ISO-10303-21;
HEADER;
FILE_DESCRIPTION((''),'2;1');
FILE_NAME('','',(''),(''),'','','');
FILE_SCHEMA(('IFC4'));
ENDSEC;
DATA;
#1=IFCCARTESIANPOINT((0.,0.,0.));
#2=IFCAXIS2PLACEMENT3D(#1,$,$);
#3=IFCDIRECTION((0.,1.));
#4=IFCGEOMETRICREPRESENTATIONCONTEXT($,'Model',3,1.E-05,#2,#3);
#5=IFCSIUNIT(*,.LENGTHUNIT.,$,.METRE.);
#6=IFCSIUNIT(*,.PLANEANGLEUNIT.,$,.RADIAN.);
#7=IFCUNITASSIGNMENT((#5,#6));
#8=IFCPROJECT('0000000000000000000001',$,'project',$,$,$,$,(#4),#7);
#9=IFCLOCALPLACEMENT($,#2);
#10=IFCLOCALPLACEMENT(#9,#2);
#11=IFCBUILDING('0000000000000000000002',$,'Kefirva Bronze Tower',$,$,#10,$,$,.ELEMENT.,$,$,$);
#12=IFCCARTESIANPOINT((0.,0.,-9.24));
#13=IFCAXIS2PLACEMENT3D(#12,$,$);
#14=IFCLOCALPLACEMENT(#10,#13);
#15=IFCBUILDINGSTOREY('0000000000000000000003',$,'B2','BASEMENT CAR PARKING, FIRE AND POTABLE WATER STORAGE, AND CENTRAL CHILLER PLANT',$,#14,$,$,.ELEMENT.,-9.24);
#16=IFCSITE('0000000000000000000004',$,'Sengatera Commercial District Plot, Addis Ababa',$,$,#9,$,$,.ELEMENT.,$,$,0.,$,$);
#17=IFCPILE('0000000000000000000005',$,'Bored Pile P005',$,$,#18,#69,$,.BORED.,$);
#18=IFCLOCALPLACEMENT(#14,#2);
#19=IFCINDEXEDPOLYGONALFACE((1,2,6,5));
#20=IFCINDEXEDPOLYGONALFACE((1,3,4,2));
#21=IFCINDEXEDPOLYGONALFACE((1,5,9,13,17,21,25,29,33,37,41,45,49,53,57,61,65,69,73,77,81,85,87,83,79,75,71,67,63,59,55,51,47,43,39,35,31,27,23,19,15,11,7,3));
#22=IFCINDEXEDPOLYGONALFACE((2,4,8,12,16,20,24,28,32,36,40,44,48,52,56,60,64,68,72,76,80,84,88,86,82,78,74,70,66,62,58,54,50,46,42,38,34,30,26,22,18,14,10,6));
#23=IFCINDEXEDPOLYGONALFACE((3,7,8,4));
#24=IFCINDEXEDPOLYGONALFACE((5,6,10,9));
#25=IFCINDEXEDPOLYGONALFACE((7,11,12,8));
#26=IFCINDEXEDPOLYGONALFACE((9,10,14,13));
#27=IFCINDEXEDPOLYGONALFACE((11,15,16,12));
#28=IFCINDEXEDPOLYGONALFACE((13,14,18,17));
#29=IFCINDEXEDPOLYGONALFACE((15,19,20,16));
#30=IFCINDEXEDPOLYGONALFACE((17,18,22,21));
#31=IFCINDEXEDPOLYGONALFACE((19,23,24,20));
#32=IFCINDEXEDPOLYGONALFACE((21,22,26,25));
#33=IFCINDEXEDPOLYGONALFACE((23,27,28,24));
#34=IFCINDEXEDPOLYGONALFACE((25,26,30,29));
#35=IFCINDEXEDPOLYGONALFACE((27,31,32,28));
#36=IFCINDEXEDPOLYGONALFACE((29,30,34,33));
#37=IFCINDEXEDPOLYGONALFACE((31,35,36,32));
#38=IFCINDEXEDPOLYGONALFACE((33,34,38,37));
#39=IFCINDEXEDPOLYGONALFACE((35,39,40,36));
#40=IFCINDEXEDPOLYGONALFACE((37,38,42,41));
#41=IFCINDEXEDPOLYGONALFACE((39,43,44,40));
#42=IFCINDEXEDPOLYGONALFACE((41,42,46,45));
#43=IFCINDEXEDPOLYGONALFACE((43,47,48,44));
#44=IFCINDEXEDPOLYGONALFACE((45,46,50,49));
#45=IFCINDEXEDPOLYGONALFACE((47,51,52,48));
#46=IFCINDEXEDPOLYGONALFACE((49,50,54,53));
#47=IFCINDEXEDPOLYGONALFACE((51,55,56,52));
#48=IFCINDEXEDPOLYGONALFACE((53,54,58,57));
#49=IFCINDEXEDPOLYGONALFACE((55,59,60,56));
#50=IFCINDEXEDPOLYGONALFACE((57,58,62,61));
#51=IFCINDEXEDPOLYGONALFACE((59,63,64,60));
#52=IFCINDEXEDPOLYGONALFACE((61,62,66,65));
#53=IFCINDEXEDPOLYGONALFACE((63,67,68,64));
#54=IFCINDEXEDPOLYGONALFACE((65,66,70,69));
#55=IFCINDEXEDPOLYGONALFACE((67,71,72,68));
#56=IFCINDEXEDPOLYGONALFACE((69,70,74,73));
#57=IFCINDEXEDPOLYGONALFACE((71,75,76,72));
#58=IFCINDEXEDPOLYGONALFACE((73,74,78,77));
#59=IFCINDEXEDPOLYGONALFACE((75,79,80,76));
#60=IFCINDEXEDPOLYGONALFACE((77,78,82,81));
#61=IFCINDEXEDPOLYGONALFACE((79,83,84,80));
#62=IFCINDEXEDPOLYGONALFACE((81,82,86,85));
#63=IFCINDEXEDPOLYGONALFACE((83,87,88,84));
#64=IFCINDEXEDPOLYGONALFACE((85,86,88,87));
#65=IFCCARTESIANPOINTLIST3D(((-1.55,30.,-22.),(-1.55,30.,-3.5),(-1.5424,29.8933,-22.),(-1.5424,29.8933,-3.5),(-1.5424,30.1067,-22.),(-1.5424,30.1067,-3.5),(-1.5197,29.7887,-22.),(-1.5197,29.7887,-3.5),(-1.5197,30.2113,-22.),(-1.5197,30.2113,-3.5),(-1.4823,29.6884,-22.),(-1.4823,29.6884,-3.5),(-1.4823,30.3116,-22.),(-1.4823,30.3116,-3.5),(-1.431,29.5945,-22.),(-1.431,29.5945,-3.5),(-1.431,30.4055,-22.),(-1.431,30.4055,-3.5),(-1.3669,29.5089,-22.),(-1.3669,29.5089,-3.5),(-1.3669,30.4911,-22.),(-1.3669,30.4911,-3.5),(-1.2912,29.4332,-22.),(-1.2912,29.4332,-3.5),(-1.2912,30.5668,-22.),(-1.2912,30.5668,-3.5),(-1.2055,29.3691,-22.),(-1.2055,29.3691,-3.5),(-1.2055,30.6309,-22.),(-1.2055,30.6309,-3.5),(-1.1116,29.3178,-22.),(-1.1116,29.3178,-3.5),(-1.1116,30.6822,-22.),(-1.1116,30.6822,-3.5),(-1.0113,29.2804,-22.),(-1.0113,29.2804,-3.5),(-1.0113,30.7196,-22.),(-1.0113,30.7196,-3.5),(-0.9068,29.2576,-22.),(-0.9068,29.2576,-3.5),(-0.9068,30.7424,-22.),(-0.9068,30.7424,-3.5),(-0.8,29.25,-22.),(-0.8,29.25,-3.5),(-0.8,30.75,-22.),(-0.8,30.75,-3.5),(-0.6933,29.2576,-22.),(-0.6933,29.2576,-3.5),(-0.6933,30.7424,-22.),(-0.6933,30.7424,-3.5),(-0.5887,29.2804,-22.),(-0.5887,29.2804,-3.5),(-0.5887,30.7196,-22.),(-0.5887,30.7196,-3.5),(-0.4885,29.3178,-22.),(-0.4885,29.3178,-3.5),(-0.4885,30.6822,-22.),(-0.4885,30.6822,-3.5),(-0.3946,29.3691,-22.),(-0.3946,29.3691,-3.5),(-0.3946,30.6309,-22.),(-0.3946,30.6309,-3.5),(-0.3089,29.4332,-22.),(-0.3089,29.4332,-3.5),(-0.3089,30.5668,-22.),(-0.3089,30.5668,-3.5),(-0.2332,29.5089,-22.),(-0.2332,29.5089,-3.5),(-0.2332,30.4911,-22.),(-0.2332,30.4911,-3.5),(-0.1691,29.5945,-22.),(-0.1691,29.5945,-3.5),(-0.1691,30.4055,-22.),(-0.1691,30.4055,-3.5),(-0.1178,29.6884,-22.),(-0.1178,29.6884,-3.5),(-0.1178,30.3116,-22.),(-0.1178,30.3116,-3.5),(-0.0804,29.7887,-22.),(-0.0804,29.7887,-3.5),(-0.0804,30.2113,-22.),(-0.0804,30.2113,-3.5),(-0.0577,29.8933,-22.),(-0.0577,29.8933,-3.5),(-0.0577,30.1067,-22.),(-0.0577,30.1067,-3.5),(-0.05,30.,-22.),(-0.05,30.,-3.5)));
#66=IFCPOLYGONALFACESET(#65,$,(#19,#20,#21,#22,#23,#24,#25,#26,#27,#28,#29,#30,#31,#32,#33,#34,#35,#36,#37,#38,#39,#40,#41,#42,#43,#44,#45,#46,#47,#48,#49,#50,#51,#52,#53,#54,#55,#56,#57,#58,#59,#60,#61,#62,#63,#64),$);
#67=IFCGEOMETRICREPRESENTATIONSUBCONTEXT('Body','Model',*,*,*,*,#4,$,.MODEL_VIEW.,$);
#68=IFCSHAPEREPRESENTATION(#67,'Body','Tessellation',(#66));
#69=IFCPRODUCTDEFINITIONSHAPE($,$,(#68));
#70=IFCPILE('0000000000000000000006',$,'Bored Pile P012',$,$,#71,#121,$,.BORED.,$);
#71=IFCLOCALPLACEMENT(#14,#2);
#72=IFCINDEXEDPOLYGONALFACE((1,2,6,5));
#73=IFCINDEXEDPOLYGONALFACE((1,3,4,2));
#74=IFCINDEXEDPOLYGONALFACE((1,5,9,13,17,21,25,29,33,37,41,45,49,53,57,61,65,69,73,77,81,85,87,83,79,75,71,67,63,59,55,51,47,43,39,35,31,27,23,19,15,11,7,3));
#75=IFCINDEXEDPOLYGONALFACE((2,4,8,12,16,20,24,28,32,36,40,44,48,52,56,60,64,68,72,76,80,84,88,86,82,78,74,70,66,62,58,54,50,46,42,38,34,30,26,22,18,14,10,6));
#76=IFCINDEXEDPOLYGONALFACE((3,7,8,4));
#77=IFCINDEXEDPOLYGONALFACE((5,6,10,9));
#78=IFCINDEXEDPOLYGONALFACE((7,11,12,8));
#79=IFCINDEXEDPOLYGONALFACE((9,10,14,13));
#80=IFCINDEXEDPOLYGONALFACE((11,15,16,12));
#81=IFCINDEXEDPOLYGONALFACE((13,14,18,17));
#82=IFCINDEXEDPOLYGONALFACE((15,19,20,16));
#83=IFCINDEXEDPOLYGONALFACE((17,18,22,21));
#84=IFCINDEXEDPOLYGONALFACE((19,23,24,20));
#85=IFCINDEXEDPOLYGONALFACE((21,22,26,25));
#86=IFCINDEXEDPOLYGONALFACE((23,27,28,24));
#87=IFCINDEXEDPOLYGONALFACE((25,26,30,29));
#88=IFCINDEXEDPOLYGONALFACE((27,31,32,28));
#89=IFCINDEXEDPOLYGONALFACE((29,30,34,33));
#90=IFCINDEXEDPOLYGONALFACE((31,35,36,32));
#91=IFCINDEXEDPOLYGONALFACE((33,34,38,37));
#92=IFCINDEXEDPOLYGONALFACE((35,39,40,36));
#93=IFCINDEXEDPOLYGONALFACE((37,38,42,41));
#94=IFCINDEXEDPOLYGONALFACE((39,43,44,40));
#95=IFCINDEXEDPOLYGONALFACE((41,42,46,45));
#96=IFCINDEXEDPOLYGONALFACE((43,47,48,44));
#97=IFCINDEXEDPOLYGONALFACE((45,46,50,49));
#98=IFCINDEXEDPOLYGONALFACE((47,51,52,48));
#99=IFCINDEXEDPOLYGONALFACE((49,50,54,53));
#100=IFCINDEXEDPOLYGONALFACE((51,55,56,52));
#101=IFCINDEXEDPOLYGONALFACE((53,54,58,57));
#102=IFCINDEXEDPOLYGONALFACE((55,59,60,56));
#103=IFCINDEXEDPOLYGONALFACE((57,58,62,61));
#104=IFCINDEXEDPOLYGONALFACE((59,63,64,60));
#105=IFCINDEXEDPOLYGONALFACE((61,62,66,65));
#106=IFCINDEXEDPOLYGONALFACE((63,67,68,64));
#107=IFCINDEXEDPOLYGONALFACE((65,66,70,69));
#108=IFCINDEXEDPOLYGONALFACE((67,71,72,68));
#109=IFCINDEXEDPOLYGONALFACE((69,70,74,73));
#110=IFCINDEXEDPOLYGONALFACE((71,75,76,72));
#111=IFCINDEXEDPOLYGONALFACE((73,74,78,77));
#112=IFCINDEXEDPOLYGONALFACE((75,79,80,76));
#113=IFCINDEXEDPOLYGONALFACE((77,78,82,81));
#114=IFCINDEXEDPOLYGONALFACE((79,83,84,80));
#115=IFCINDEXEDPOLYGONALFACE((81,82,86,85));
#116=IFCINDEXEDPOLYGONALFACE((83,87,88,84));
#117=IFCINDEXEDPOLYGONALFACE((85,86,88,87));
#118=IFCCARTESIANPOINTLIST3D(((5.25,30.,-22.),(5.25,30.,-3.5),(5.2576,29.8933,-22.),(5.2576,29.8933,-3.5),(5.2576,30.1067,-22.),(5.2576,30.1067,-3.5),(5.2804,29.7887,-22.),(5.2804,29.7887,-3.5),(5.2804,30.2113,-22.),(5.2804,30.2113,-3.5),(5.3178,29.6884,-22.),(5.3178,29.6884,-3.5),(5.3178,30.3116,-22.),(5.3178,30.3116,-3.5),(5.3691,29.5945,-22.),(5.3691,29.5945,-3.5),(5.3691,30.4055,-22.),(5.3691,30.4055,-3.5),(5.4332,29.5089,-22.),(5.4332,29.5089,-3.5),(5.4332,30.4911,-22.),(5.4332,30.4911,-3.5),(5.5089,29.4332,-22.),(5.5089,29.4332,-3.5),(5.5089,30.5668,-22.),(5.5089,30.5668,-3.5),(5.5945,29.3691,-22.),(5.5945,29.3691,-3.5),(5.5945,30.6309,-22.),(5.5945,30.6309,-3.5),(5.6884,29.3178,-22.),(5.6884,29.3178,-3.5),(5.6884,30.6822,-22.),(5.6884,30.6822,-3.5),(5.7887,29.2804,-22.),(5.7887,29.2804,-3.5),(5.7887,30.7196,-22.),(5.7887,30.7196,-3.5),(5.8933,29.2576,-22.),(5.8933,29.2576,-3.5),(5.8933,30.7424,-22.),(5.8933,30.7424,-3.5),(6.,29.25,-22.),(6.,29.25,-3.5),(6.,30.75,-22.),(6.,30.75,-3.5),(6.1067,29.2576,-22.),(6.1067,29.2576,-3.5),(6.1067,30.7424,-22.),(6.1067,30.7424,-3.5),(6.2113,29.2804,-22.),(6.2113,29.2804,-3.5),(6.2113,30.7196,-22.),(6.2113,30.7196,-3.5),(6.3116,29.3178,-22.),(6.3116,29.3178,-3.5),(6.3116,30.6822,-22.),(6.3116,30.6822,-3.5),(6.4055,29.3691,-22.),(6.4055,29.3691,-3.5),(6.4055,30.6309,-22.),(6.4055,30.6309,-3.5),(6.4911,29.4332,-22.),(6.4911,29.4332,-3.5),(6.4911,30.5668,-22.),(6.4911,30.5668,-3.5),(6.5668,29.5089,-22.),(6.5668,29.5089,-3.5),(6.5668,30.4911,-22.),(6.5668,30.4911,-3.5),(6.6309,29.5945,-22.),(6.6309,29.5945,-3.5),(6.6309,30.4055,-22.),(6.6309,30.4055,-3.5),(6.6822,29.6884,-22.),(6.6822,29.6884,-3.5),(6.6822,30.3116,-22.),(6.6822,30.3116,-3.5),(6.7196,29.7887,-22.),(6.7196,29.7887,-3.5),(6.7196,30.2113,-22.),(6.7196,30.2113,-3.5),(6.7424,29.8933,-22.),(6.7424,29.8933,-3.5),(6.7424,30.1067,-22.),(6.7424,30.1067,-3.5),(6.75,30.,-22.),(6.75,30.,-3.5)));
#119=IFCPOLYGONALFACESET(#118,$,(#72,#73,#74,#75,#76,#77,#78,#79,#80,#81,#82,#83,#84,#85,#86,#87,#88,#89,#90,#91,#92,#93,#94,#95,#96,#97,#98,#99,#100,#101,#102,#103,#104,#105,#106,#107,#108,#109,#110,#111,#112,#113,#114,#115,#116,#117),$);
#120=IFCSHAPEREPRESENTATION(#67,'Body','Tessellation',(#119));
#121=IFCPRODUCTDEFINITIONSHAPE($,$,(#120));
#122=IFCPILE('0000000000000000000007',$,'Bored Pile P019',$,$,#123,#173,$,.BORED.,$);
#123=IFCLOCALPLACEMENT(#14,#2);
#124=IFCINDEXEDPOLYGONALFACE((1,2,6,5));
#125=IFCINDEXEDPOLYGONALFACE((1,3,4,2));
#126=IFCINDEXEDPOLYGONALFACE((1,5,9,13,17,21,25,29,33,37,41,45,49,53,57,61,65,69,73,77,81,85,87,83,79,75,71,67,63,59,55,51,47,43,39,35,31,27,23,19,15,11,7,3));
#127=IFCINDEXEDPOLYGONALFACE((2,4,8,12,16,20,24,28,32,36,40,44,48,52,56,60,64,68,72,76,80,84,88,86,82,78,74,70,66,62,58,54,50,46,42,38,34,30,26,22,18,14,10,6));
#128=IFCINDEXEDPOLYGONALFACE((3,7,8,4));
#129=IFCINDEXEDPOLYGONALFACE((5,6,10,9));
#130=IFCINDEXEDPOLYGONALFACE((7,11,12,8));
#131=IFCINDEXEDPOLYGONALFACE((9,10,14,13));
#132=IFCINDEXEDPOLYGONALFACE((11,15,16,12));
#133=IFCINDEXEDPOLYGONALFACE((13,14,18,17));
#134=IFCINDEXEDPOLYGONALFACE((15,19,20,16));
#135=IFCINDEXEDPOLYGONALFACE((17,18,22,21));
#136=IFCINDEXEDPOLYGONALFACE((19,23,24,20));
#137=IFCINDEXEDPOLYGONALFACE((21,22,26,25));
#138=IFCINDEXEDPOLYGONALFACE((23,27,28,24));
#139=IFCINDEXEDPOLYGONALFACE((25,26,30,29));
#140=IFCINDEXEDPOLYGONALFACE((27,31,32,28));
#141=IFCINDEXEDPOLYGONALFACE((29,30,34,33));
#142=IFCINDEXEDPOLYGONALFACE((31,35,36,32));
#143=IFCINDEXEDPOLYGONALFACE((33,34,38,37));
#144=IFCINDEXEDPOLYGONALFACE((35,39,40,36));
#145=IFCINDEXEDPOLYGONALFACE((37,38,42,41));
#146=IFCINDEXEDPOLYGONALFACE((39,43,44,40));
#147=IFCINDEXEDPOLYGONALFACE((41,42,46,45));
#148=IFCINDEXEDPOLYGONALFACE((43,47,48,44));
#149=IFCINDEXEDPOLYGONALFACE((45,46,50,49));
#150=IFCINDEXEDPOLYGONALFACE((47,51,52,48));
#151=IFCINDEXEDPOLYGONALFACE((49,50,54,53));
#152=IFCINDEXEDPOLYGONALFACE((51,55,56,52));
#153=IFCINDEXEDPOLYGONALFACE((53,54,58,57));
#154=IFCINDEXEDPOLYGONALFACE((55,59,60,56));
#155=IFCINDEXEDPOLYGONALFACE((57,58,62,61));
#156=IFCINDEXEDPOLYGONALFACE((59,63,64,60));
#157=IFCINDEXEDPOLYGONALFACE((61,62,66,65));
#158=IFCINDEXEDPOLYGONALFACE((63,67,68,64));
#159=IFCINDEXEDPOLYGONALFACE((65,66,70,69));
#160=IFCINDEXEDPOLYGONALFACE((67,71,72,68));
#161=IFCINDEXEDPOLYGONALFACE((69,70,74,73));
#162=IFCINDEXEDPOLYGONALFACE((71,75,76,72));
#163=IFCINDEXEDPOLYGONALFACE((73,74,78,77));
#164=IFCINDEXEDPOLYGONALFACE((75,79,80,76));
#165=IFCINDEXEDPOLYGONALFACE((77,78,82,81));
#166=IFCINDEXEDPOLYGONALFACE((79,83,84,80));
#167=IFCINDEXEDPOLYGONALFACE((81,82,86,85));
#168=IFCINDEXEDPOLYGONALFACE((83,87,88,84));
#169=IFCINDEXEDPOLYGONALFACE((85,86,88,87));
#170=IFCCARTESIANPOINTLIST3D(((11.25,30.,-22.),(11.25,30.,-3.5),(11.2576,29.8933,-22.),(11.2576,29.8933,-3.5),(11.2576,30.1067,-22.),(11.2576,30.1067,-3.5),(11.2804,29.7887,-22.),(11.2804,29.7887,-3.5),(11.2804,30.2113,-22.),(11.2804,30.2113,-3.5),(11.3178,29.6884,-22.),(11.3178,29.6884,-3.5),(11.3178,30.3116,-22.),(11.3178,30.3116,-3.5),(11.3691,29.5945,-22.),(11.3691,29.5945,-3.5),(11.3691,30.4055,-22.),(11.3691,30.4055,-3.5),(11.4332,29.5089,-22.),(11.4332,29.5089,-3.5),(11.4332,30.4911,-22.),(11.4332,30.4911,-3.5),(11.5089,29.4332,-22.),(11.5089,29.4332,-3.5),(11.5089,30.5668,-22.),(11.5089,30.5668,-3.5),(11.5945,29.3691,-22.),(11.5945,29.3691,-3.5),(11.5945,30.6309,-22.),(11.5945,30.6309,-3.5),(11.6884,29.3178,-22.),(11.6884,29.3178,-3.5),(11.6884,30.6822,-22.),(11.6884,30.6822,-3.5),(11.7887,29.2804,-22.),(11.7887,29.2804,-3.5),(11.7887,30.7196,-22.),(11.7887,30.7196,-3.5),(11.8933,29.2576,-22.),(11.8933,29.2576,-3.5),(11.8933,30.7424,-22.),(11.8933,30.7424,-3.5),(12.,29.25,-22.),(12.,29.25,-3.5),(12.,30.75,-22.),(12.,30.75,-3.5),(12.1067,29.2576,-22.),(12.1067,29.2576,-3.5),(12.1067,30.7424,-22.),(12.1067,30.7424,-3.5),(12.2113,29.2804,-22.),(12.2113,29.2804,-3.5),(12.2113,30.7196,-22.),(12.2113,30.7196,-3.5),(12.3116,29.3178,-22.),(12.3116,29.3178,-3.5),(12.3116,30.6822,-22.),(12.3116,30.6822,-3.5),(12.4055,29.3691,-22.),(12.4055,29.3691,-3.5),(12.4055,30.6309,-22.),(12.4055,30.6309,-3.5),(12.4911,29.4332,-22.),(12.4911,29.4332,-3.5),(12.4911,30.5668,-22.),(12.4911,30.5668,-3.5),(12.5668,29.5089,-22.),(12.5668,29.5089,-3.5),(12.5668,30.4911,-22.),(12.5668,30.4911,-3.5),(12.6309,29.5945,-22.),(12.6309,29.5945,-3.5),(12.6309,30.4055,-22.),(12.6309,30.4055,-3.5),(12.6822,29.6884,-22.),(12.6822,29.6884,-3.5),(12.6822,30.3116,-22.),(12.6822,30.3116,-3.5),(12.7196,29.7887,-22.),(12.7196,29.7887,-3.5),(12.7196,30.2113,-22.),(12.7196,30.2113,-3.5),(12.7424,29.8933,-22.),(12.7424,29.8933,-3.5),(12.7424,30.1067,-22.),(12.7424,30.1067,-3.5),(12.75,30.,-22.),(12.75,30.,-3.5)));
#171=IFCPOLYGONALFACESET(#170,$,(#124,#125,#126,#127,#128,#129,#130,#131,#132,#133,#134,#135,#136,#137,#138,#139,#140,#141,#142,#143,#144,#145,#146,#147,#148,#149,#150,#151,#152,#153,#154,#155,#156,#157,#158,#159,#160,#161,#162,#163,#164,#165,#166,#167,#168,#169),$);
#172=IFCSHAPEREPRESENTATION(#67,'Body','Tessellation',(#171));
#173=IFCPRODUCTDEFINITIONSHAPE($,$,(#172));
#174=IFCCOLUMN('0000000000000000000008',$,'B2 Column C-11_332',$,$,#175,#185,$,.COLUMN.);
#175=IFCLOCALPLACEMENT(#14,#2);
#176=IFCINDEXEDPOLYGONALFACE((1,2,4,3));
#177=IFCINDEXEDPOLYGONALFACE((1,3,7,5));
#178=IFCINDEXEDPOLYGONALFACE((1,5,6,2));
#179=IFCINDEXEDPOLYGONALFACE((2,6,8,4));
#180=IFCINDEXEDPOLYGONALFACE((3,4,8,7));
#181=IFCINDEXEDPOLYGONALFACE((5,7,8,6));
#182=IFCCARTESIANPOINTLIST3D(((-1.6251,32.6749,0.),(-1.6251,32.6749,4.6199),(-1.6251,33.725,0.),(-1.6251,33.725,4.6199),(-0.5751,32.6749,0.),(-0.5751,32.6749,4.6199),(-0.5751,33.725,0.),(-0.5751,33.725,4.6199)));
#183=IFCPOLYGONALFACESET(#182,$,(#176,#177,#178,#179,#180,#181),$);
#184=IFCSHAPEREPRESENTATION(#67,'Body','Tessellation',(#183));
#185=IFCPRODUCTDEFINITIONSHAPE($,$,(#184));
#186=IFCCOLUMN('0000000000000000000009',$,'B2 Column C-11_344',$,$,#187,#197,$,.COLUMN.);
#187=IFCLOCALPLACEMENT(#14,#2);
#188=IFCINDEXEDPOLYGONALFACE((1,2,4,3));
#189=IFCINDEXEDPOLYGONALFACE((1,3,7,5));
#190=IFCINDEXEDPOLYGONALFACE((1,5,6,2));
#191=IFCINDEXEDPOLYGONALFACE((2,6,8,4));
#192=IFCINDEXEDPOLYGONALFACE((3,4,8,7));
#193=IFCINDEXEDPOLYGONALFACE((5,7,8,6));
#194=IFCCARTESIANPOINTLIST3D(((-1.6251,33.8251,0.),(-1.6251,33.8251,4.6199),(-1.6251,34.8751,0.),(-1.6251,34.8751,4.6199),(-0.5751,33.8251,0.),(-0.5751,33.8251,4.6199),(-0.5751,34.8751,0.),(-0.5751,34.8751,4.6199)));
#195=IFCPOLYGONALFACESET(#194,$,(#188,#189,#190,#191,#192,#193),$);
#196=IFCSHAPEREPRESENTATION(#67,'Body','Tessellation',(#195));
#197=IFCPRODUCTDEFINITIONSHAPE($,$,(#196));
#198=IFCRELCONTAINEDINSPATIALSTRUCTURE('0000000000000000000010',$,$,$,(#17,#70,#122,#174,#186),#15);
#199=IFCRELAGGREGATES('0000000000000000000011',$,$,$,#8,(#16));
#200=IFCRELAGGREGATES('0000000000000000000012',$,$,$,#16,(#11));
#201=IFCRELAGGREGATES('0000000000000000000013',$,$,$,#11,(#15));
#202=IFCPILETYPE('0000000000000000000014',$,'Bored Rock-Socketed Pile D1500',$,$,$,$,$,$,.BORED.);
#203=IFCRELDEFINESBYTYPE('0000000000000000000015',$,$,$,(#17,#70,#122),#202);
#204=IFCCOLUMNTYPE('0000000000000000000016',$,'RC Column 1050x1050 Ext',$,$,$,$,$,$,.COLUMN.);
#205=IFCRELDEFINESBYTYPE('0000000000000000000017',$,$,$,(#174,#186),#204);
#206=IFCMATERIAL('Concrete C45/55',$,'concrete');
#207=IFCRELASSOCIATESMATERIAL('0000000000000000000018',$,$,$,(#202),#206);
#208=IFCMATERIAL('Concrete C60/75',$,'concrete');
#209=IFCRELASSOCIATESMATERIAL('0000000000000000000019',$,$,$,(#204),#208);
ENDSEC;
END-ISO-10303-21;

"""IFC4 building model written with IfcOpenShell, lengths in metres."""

from ifc_helpers import new_model, si_unit, direction, frame, origin, origin_2d, place, context, subcontext, project, spatial, rectangle, circle, extrude, material, material_profile, profile_set, type_object, element, save


model = new_model("IFC4")

# Units and contexts
model_context = context("Model", 3, precision=1e-05, world=origin(), true_north=direction((0.0, 1.0)))
body_context = subcontext(model_context, "Body", "Model", "MODEL_VIEW")
ifc_project = project(units=[si_unit("LENGTHUNIT", "METRE"), si_unit("PLANEANGLEUNIT", "RADIAN")], contexts=[model_context])

# Site, building, storey
site_placement = place(None, origin())
site = spatial("IfcSite", under=ifc_project, at=site_placement, Name="Sengatera Commercial District Plot, Addis Ababa", CompositionType="ELEMENT", RefElevation=0.0)
building_placement = place(site_placement, origin())
building = spatial("IfcBuilding", under=site, at=building_placement, Name="Kefirva Bronze Tower", CompositionType="ELEMENT")
storey_placement = place(building_placement, frame((0.0, 0.0, -9.24)))
storey = spatial("IfcBuildingStorey", under=building, at=storey_placement, Name="B2", Description="BASEMENT CAR PARKING, FIRE AND POTABLE WATER STORAGE, AND CENTRAL CHILLER PLANT", CompositionType="ELEMENT", Elevation=-9.24)

# Piles
ifc_material_1 = material(Name="Concrete C45/55", Category="concrete")
ifc_material_profile_1 = material_profile(ifc_material_1, circle(Radius=0.75, at=origin_2d()), Name="BORED PILE D1500")
ifc_profile_set_1 = profile_set([ifc_material_profile_1], Name="Concrete C45/55")
pile_type = type_object("IfcPileType", Name="Bored Rock-Socketed Pile D1500", PredefinedType="BORED", material=ifc_profile_set_1)
for number, where, z_axis, x_axis, name in (
    (1, (-0.8, 30.0, -3.5), (0.0, 0.0, -1.0), (1.0, 0.0, 0.0), "Bored Pile P005"),
    (2, (6.0, 30.0, -3.5), (0.0, 0.0, -1.0), (1.0, 0.0, 0.0), "Bored Pile P012"),
    (3, (12.0, 30.0, -3.5), (0.0, 0.0, -1.0), (1.0, 0.0, 0.0), "Bored Pile P019"),
):
    element("IfcPile", number, at=place(storey_placement, frame(where, z_axis=z_axis, x_axis=x_axis)), inside=storey, type_object=pile_type, Name=name, PredefinedType="BORED", context=body_context, shape_type="SweptSolid", body=[
        extrude(circle(Radius=0.75, at=origin_2d()), origin(), (0.0, 0.0, 1.0), 18.5),
    ])

# Columns
ifc_material_2 = material(Name="Concrete C60/75", Category="concrete")
ifc_material_profile_2 = material_profile(ifc_material_2, rectangle(XDim=1.05, YDim=1.05, at=origin_2d()), Name="RC 1050x1050")
ifc_profile_set_2 = profile_set([ifc_material_profile_2], Name="Concrete C60/75")
column_type_1 = type_object("IfcColumnType", Name="RC Column 1050x1050 Ext", PredefinedType="COLUMN", material=ifc_profile_set_2)
for number, where, z_axis, x_axis, name in (
    (4, (-1.1001, 33.2, 0.0), (0.0, 0.0, 1.0), (1.0, 0.0, 0.0), "B2 Column C-11_332"),
    (5, (-1.1001, 34.3501, 0.0), (0.0, 0.0, 1.0), (1.0, 0.0, 0.0), "B2 Column C-11_344"),
):
    element("IfcColumn", number, at=place(storey_placement, frame(where, z_axis=z_axis, x_axis=x_axis)), inside=storey, type_object=column_type_1, Name=name, PredefinedType="COLUMN", context=body_context, shape_type="SweptSolid", body=[
        extrude(rectangle(XDim=1.05, YDim=1.05, at=origin_2d()), origin(), (0.0, 0.0, 1.0), 4.6199),
    ])

save(model, "model.ifc")
